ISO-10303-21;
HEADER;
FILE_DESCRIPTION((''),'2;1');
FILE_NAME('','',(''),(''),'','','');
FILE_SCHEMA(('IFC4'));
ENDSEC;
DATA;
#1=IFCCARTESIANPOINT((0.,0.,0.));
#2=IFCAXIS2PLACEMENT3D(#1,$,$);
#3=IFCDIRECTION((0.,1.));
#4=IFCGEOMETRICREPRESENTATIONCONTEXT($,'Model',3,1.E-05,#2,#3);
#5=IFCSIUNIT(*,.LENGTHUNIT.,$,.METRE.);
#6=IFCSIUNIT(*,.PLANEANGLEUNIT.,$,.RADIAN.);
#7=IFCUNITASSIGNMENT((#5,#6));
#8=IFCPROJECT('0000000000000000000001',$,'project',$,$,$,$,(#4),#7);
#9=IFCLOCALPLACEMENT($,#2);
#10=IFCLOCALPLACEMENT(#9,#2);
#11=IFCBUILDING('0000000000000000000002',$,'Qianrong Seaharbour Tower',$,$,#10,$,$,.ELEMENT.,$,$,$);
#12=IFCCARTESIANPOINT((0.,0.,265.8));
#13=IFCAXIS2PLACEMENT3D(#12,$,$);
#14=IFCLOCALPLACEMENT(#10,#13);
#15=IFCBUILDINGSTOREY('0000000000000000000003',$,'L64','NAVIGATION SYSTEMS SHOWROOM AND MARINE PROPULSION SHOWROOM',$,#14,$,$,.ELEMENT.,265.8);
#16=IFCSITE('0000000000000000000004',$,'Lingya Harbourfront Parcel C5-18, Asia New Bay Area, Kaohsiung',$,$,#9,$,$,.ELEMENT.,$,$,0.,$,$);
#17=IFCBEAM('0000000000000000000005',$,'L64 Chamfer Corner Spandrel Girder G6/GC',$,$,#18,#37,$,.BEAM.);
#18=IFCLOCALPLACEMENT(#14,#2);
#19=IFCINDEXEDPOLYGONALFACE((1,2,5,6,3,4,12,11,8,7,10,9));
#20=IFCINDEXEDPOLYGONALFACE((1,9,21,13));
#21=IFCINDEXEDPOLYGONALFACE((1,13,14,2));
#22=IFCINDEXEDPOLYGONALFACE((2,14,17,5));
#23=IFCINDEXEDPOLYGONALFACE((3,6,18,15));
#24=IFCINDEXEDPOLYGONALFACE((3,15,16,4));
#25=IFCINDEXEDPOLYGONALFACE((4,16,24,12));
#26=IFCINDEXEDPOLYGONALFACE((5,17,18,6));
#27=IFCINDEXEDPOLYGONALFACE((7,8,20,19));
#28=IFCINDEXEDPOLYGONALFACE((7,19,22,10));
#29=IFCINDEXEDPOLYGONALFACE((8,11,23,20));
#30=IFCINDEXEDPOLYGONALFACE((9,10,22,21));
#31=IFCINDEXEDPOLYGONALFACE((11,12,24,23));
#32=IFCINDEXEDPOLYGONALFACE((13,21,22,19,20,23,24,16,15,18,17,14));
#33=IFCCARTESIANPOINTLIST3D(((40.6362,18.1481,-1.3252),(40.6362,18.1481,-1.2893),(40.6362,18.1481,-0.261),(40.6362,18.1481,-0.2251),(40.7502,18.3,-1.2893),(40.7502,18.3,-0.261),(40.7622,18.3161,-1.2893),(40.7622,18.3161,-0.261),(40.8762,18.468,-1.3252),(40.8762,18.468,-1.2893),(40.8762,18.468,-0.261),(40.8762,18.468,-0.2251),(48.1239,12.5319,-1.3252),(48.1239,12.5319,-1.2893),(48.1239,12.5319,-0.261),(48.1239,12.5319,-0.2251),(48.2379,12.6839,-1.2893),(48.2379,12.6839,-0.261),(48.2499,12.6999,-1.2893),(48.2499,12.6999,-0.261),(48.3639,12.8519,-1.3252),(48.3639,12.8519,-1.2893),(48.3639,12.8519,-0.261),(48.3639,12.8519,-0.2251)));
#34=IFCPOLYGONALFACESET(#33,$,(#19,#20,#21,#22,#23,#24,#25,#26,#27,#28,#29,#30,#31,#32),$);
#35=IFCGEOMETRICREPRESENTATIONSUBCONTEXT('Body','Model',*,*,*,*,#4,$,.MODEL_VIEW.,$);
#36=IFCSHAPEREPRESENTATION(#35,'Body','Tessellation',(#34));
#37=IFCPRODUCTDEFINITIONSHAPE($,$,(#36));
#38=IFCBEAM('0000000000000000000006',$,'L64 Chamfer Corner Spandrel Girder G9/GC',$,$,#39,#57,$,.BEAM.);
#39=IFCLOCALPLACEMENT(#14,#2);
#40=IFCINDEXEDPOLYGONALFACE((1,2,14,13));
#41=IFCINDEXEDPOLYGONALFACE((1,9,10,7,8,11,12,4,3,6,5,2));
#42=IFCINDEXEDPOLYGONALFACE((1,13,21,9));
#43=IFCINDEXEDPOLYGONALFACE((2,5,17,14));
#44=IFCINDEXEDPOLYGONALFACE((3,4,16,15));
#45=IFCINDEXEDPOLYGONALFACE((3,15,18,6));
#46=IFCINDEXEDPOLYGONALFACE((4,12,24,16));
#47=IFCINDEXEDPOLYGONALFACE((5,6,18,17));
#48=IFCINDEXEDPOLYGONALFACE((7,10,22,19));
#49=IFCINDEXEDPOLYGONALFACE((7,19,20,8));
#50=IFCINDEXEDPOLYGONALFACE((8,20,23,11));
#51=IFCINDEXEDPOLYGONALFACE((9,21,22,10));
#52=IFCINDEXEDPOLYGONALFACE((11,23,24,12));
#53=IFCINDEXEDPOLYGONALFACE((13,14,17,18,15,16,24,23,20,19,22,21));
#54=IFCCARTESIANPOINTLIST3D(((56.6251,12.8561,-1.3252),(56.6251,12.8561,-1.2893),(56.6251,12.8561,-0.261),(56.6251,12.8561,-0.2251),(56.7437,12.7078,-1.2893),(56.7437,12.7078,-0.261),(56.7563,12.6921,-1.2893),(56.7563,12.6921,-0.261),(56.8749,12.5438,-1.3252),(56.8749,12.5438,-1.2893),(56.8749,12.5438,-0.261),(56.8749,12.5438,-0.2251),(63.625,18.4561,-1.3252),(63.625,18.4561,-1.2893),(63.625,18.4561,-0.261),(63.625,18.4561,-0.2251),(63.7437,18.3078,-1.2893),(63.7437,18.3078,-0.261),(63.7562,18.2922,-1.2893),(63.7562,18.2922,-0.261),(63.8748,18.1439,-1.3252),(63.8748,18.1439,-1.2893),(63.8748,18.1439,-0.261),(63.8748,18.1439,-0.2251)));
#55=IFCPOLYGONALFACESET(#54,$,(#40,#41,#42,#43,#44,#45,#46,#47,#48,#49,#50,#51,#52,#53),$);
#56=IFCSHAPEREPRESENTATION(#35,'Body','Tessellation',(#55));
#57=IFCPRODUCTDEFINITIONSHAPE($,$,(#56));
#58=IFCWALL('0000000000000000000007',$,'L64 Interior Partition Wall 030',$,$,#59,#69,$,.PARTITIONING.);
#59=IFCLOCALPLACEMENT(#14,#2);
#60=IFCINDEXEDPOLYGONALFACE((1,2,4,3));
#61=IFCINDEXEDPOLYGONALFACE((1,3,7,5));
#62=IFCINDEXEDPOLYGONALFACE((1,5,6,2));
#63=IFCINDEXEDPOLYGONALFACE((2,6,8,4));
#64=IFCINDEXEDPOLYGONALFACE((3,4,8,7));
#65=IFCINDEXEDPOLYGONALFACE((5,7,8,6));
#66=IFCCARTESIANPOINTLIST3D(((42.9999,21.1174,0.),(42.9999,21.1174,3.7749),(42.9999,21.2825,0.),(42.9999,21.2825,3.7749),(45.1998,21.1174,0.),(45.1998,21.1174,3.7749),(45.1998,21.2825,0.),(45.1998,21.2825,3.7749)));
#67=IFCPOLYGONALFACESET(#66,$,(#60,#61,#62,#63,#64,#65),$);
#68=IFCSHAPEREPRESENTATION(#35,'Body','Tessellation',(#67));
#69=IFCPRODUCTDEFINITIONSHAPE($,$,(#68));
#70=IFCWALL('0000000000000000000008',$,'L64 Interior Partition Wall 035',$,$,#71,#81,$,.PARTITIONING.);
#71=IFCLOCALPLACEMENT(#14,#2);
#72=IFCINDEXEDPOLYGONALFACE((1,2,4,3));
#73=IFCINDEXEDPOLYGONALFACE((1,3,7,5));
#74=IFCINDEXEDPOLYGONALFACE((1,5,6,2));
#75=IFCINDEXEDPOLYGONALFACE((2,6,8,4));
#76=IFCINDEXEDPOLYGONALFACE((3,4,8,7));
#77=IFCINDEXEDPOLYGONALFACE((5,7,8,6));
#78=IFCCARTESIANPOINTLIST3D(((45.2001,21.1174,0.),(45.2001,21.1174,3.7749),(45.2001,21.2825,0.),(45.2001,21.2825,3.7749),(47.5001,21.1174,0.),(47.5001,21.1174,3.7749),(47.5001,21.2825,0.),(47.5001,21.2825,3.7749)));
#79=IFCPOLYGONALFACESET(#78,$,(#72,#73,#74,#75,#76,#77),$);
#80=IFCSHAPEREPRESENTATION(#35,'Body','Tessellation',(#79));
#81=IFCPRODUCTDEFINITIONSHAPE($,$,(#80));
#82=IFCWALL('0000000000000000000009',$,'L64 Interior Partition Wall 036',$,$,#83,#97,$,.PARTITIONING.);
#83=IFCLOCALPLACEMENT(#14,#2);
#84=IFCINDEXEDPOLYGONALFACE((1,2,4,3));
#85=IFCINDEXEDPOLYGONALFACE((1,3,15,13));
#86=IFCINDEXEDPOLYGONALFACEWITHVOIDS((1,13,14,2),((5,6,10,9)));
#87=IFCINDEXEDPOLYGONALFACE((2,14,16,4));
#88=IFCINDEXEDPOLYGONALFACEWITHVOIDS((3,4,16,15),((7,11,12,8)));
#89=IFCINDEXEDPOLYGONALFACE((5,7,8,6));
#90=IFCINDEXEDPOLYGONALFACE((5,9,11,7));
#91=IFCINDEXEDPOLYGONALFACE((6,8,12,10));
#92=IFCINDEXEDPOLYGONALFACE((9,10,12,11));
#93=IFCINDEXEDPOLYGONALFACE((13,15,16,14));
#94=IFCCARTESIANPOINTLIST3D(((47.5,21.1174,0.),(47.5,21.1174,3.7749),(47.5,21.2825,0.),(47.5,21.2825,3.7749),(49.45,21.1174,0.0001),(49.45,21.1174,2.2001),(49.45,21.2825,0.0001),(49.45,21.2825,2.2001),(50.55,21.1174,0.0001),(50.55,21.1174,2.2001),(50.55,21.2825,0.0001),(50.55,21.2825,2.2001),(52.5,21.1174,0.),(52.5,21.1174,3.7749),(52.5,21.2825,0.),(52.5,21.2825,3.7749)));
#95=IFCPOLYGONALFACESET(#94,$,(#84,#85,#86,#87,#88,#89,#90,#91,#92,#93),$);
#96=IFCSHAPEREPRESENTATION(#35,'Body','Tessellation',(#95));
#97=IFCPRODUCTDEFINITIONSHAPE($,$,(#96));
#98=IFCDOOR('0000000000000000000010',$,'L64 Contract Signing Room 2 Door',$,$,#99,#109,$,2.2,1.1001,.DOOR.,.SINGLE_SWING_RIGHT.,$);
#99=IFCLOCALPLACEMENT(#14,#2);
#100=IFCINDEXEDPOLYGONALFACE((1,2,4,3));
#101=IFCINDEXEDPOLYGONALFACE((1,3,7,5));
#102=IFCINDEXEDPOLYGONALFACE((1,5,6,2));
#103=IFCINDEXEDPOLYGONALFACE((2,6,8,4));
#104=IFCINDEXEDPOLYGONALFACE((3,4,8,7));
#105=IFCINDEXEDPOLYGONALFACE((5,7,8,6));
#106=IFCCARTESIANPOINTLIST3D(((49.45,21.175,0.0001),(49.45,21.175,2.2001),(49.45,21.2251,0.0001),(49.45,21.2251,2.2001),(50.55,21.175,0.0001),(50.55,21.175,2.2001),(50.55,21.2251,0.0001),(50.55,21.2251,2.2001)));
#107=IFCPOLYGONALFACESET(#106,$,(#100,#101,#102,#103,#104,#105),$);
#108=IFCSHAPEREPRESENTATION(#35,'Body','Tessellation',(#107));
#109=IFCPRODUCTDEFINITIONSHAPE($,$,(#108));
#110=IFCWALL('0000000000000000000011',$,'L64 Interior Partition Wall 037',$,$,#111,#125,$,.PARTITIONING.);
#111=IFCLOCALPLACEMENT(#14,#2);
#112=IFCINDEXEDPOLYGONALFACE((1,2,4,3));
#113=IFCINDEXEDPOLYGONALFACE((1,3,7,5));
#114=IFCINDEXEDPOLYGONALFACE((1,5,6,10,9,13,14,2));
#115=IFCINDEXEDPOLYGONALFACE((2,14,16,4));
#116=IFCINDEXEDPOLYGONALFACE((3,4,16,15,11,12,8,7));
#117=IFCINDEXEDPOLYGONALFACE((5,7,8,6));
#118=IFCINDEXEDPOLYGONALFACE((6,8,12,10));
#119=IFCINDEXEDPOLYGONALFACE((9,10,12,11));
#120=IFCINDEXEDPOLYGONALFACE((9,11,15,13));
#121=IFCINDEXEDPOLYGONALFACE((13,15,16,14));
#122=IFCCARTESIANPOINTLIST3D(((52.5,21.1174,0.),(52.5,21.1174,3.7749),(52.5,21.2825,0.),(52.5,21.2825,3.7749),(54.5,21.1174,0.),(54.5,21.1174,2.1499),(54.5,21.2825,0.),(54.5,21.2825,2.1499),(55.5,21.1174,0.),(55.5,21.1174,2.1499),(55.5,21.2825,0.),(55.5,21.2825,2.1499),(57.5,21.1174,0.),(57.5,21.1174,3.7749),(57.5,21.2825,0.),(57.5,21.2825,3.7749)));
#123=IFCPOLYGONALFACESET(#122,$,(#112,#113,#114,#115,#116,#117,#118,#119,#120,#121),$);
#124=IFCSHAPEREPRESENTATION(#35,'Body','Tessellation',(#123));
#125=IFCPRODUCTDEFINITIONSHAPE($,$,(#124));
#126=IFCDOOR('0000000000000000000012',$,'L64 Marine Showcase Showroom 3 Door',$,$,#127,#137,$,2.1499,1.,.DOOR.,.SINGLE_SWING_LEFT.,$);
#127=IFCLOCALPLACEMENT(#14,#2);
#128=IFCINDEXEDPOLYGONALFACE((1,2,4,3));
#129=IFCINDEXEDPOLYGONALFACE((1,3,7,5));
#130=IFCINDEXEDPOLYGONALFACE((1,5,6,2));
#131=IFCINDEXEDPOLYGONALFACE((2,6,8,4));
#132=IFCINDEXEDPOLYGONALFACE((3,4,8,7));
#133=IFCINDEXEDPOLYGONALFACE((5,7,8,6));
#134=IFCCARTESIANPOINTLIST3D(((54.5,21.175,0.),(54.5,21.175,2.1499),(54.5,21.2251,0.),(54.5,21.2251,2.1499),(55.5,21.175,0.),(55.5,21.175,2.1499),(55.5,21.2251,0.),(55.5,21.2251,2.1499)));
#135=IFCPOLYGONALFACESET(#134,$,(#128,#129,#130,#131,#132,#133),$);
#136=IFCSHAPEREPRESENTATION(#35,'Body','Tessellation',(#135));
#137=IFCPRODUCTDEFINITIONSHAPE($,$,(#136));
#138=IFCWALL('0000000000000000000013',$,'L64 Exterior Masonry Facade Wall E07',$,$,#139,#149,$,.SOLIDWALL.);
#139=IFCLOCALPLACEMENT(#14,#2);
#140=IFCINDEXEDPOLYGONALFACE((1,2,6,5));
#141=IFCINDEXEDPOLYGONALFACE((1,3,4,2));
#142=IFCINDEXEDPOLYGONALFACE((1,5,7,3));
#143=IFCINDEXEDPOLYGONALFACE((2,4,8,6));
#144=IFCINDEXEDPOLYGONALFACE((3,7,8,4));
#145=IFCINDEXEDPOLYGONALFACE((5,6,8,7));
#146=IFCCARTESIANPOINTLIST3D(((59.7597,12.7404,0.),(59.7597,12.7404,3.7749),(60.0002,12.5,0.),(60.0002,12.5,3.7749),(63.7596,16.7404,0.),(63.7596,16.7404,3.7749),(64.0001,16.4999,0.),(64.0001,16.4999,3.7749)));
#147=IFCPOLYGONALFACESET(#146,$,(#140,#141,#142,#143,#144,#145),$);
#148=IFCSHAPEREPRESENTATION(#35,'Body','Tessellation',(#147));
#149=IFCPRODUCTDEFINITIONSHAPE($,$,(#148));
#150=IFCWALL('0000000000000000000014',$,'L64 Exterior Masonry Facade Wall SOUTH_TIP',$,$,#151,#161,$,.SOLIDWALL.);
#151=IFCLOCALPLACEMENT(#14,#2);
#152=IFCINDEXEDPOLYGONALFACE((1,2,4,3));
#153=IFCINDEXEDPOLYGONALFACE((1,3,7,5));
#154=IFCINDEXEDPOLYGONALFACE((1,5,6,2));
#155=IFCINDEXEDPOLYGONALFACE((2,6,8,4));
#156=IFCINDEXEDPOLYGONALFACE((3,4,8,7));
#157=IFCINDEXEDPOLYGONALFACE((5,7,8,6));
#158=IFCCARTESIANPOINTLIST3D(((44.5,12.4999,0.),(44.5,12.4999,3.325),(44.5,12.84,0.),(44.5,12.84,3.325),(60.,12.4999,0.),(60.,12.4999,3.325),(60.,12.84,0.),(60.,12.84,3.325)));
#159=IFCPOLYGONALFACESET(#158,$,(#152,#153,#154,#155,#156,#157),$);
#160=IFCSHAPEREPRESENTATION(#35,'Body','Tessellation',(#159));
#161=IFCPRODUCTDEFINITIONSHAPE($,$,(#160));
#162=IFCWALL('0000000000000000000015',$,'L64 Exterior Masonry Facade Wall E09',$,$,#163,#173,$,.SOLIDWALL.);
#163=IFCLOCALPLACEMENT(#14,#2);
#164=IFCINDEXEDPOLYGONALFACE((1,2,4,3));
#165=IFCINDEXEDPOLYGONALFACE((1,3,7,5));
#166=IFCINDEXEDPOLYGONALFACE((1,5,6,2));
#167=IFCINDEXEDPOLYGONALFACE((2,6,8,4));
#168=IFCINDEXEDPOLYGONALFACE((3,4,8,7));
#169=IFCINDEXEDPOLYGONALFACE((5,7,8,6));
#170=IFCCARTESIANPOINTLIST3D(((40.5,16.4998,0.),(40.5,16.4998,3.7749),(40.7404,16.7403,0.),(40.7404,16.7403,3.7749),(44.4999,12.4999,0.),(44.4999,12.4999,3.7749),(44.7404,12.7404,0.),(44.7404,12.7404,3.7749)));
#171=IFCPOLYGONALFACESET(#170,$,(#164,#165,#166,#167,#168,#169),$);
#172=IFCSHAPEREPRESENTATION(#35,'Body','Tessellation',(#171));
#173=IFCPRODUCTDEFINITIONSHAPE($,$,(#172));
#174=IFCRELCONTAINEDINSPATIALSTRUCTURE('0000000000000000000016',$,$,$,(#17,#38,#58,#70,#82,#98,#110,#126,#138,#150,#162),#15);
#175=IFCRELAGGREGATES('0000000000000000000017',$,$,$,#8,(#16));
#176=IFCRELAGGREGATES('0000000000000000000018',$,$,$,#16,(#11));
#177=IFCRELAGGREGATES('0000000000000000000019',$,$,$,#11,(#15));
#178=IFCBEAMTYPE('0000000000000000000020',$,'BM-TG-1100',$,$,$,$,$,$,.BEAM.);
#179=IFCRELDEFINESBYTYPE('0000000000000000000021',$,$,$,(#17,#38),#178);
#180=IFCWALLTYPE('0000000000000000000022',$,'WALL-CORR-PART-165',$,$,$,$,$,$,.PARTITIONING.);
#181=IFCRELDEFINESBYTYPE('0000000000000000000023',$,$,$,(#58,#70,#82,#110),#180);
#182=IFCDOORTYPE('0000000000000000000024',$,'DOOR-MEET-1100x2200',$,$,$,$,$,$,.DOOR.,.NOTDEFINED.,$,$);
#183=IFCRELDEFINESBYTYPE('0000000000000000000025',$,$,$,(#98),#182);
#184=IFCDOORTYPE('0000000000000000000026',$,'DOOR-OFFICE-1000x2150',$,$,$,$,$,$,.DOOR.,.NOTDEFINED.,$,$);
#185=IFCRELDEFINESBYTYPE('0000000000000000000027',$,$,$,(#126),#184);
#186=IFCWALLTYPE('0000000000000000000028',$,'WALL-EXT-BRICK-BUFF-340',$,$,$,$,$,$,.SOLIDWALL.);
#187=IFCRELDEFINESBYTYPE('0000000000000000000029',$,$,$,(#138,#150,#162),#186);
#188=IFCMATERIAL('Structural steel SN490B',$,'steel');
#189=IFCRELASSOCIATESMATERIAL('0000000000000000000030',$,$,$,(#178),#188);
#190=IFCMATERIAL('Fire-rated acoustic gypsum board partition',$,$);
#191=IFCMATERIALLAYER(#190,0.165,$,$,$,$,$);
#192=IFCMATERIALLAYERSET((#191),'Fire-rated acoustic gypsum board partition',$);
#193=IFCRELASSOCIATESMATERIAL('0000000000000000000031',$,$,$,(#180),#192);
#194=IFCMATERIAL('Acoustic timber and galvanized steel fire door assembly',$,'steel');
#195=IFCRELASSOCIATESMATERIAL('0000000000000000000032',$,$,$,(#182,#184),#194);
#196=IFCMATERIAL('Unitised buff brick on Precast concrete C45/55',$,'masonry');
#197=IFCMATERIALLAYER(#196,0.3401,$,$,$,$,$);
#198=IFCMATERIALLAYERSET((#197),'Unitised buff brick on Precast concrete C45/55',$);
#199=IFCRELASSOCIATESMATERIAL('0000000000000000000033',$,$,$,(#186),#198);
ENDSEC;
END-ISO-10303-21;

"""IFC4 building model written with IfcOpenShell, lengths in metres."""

from ifc_helpers import new_model, si_unit, direction, frame, frame_2d, origin, origin_2d, place, context, subcontext, project, spatial, rectangle, i_section, extrude, material, layer, layer_set, material_profile, profile_set, type_object, element, fill, save


model = new_model("IFC4")

# Units and contexts
model_context = context("Model", 3, precision=1e-05, world=origin(), true_north=direction((0.0, 1.0)))
body_context = subcontext(model_context, "Body", "Model", "MODEL_VIEW")
ifc_project = project(units=[si_unit("LENGTHUNIT", "METRE"), si_unit("PLANEANGLEUNIT", "RADIAN")], contexts=[model_context])

# Site, building, storey
site_placement = place(None, origin())
site = spatial("IfcSite", under=ifc_project, at=site_placement, Name="Lingya Harbourfront Parcel C5-18, Asia New Bay Area, Kaohsiung", CompositionType="ELEMENT", RefElevation=0.0)
building_placement = place(site_placement, origin())
building = spatial("IfcBuilding", under=site, at=building_placement, Name="Qianrong Seaharbour Tower", CompositionType="ELEMENT")
storey_placement = place(building_placement, frame((0.0, 0.0, 265.8)))
storey = spatial("IfcBuildingStorey", under=building, at=storey_placement, Name="L64", Description="NAVIGATION SYSTEMS SHOWROOM AND MARINE PROPULSION SHOWROOM", CompositionType="ELEMENT", Elevation=265.8)

# Shared definitions
ifc_material_1 = material(Name="Structural steel SN490B", Category="steel")

# Beams
ifc_material_profile_1 = material_profile(ifc_material_1, i_section(OverallWidth=0.3999, OverallDepth=1.1001, WebThickness=0.02, FlangeThickness=0.0359, at=origin_2d()), Name="BH1100x400x20x36")
ifc_profile_set_1 = profile_set([ifc_material_profile_1], Name="Structural steel SN490B")
beam_type_1 = type_object("IfcBeamType", Name="BM-TG-1100", PredefinedType="BEAM", material=ifc_profile_set_1)
beam_1_placement = place(storey_placement, frame((48.2439, 12.6919, -0.7751), z_axis=(-0.799981, 0.600025, 0.0), x_axis=(-0.600025, -0.799981, 0.0)))
element("IfcBeam", 1, at=beam_1_placement, inside=storey, type_object=beam_type_1, Name="L64 Chamfer Corner Spandrel Girder G6/GC", PredefinedType="BEAM", context=body_context, shape_type="SweptSolid", body=[
    extrude(i_section(OverallWidth=0.3999, OverallDepth=1.1001, WebThickness=0.02, FlangeThickness=0.0359, at=origin_2d()), origin(), (0.0, 0.0, 1.0), 9.3599),
])
beam_2_placement = place(storey_placement, frame((56.75, 12.7, -0.7751), z_axis=(0.780863, 0.624702, 0.0), x_axis=(-0.624702, 0.780863, 0.0)))
element("IfcBeam", 2, at=beam_2_placement, inside=storey, type_object=beam_type_1, Name="L64 Chamfer Corner Spandrel Girder G9/GC", PredefinedType="BEAM", context=body_context, shape_type="SweptSolid", body=[
    extrude(i_section(OverallWidth=0.3999, OverallDepth=1.1001, WebThickness=0.02, FlangeThickness=0.0359, at=origin_2d()), origin(), (0.0, 0.0, 1.0), 8.9644),
])

# Walls
ifc_material_2 = material(Name="Fire-rated acoustic gypsum board partition")
ifc_layer_1 = layer(ifc_material_2, 0.165)
ifc_layer_set_1 = layer_set([ifc_layer_1], Name="Fire-rated acoustic gypsum board partition")
wall_type_1 = type_object("IfcWallType", Name="WALL-CORR-PART-165", PredefinedType="PARTITIONING", material=ifc_layer_set_1)
wall_1_placement = place(storey_placement, frame((45.2, 21.2, 0.0), z_axis=(0.0, 0.0, 1.0), x_axis=(-1.0, 0.0, 0.0)))
element("IfcWall", 3, at=wall_1_placement, inside=storey, type_object=wall_type_1, Name="L64 Interior Partition Wall 030", PredefinedType="PARTITIONING", context=body_context, shape_type="SweptSolid", body=[
    extrude(rectangle(XDim=2.2, YDim=0.165, at=frame_2d((1.1001, 0.0))), origin(), (0.0, 0.0, 1.0), 3.7749),
])
wall_2_placement = place(storey_placement, frame((47.5, 21.2, 0.0), z_axis=(0.0, 0.0, 1.0), x_axis=(-1.0, 0.0, 0.0)))
element("IfcWall", 4, at=wall_2_placement, inside=storey, type_object=wall_type_1, Name="L64 Interior Partition Wall 035", PredefinedType="PARTITIONING", context=body_context, shape_type="SweptSolid", body=[
    extrude(rectangle(XDim=2.3, YDim=0.165, at=frame_2d((1.1499, 0.0))), origin(), (0.0, 0.0, 1.0), 3.7749),
])

# Walls, openings, doors
wall_3_placement = place(storey_placement, frame((52.5, 21.2, 0.0), z_axis=(0.0, 0.0, 1.0), x_axis=(-1.0, 0.0, 0.0)))
wall_3 = element("IfcWall", 5, at=wall_3_placement, inside=storey, type_object=wall_type_1, Name="L64 Interior Partition Wall 036", PredefinedType="PARTITIONING", context=body_context, shape_type="SweptSolid", body=[
    extrude(rectangle(XDim=5.0, YDim=0.165, at=frame_2d((2.5, 0.0))), origin(), (0.0, 0.0, 1.0), 3.7749),
])
opening_1_placement = place(wall_3_placement, frame((1.95, 0.0, 0.0)))
opening_1 = element("IfcOpeningElement", 6, at=opening_1_placement, cuts=wall_3, PredefinedType="OPENING", context=body_context, shape_type="SweptSolid", body=[
    extrude(rectangle(XDim=1.1001, YDim=2.2, at=frame_2d((0.55, 1.1001))), frame((0.0, 0.0925, 0.0), z_axis=(0.0, -1.0, 0.0), x_axis=(1.0, 0.0, 0.0)), (0.0, 0.0, 1.0), 0.1851),
])
ifc_material_3 = material(Name="Acoustic timber and galvanized steel fire door assembly", Category="steel")
door_type_1 = type_object("IfcDoorType", Name="DOOR-MEET-1100x2200", OperationType="NOTDEFINED", PredefinedType="DOOR", material=ifc_material_3)
door_1_placement = place(opening_1_placement, origin())
door_1 = element("IfcDoor", 7, at=door_1_placement, inside=storey, type_object=door_type_1, Name="L64 Contract Signing Room 2 Door", OperationType="SINGLE_SWING_RIGHT", OverallHeight=2.2, OverallWidth=1.1001, PredefinedType="DOOR", context=body_context, shape_type="SweptSolid", body=[
    extrude(rectangle(XDim=1.1001, YDim=2.2, at=frame_2d((0.55, 1.1001))), frame((0.0, 0.0249, 0.0), z_axis=(0.0, -1.0, 0.0), x_axis=(1.0, 0.0, 0.0)), (0.0, 0.0, 1.0), 0.05),
])
fill(opening_1, door_1)
wall_4_placement = place(storey_placement, frame((57.5, 21.2, 0.0), z_axis=(0.0, 0.0, 1.0), x_axis=(-1.0, 0.0, 0.0)))
wall_4 = element("IfcWall", 8, at=wall_4_placement, inside=storey, type_object=wall_type_1, Name="L64 Interior Partition Wall 037", PredefinedType="PARTITIONING", context=body_context, shape_type="SweptSolid", body=[
    extrude(rectangle(XDim=5.0, YDim=0.165, at=frame_2d((2.5, 0.0))), origin(), (0.0, 0.0, 1.0), 3.7749),
])
opening_2_placement = place(wall_4_placement, frame((2.0, 0.0, 0.0)))
opening_2 = element("IfcOpeningElement", 9, at=opening_2_placement, cuts=wall_4, PredefinedType="OPENING", context=body_context, shape_type="SweptSolid", body=[
    extrude(rectangle(XDim=1.0, YDim=2.1499, at=frame_2d((0.5, 1.075))), frame((0.0, 0.0925, 0.0), z_axis=(0.0, -1.0, 0.0), x_axis=(1.0, 0.0, 0.0)), (0.0, 0.0, 1.0), 0.1851),
])
door_type_2 = type_object("IfcDoorType", Name="DOOR-OFFICE-1000x2150", OperationType="NOTDEFINED", PredefinedType="DOOR", material=ifc_material_3)
door_2_placement = place(opening_2_placement, origin())
door_2 = element("IfcDoor", 10, at=door_2_placement, inside=storey, type_object=door_type_2, Name="L64 Marine Showcase Showroom 3 Door", OperationType="SINGLE_SWING_LEFT", OverallHeight=2.1499, OverallWidth=1.0, PredefinedType="DOOR", context=body_context, shape_type="SweptSolid", body=[
    extrude(rectangle(XDim=1.0, YDim=2.1499, at=frame_2d((0.5, 1.075))), frame((0.0, 0.0249, 0.0), z_axis=(0.0, -1.0, 0.0), x_axis=(1.0, 0.0, 0.0)), (0.0, 0.0, 1.0), 0.05),
])
fill(opening_2, door_2)

# Walls
ifc_material_4 = material(Name="Unitised buff brick on Precast concrete C45/55", Category="masonry")
ifc_layer_2 = layer(ifc_material_4, 0.3401)
ifc_layer_set_2 = layer_set([ifc_layer_2], Name="Unitised buff brick on Precast concrete C45/55")
wall_type_2 = type_object("IfcWallType", Name="WALL-EXT-BRICK-BUFF-340", PredefinedType="SOLIDWALL", material=ifc_layer_set_2)
wall_5_placement = place(storey_placement, frame((63.8799, 16.6201, 0.0), z_axis=(0.0, 0.0, 1.0), x_axis=(-0.707107, -0.707107, 0.0)))
element("IfcWall", 11, at=wall_5_placement, inside=storey, type_object=wall_type_2, Name="L64 Exterior Masonry Facade Wall E07", PredefinedType="SOLIDWALL", context=body_context, shape_type="SweptSolid", body=[
    extrude(rectangle(XDim=5.6567, YDim=0.3401, at=frame_2d((2.8284, 0.0))), origin(), (0.0, 0.0, 1.0), 3.7749),
])
wall_6_placement = place(storey_placement, frame((60.0, 12.6699, 0.0), z_axis=(0.0, 0.0, 1.0), x_axis=(-1.0, 0.0, 0.0)))
element("IfcWall", 12, at=wall_6_placement, inside=storey, type_object=wall_type_2, Name="L64 Exterior Masonry Facade Wall SOUTH_TIP", PredefinedType="SOLIDWALL", context=body_context, shape_type="SweptSolid", body=[
    extrude(rectangle(XDim=15.5, YDim=0.3401, at=frame_2d((7.75, 0.0))), origin(), (0.0, 0.0, 1.0), 3.325),
])
wall_7_placement = place(storey_placement, frame((44.6201, 12.6201, 0.0), z_axis=(0.0, 0.0, 1.0), x_axis=(-0.707107, 0.707107, 0.0)))
element("IfcWall", 13, at=wall_7_placement, inside=storey, type_object=wall_type_2, Name="L64 Exterior Masonry Facade Wall E09", PredefinedType="SOLIDWALL", context=body_context, shape_type="SweptSolid", body=[
    extrude(rectangle(XDim=5.6567, YDim=0.3401, at=frame_2d((2.8284, 0.0))), origin(), (0.0, 0.0, 1.0), 3.7749),
])

save(model, "model.ifc")
